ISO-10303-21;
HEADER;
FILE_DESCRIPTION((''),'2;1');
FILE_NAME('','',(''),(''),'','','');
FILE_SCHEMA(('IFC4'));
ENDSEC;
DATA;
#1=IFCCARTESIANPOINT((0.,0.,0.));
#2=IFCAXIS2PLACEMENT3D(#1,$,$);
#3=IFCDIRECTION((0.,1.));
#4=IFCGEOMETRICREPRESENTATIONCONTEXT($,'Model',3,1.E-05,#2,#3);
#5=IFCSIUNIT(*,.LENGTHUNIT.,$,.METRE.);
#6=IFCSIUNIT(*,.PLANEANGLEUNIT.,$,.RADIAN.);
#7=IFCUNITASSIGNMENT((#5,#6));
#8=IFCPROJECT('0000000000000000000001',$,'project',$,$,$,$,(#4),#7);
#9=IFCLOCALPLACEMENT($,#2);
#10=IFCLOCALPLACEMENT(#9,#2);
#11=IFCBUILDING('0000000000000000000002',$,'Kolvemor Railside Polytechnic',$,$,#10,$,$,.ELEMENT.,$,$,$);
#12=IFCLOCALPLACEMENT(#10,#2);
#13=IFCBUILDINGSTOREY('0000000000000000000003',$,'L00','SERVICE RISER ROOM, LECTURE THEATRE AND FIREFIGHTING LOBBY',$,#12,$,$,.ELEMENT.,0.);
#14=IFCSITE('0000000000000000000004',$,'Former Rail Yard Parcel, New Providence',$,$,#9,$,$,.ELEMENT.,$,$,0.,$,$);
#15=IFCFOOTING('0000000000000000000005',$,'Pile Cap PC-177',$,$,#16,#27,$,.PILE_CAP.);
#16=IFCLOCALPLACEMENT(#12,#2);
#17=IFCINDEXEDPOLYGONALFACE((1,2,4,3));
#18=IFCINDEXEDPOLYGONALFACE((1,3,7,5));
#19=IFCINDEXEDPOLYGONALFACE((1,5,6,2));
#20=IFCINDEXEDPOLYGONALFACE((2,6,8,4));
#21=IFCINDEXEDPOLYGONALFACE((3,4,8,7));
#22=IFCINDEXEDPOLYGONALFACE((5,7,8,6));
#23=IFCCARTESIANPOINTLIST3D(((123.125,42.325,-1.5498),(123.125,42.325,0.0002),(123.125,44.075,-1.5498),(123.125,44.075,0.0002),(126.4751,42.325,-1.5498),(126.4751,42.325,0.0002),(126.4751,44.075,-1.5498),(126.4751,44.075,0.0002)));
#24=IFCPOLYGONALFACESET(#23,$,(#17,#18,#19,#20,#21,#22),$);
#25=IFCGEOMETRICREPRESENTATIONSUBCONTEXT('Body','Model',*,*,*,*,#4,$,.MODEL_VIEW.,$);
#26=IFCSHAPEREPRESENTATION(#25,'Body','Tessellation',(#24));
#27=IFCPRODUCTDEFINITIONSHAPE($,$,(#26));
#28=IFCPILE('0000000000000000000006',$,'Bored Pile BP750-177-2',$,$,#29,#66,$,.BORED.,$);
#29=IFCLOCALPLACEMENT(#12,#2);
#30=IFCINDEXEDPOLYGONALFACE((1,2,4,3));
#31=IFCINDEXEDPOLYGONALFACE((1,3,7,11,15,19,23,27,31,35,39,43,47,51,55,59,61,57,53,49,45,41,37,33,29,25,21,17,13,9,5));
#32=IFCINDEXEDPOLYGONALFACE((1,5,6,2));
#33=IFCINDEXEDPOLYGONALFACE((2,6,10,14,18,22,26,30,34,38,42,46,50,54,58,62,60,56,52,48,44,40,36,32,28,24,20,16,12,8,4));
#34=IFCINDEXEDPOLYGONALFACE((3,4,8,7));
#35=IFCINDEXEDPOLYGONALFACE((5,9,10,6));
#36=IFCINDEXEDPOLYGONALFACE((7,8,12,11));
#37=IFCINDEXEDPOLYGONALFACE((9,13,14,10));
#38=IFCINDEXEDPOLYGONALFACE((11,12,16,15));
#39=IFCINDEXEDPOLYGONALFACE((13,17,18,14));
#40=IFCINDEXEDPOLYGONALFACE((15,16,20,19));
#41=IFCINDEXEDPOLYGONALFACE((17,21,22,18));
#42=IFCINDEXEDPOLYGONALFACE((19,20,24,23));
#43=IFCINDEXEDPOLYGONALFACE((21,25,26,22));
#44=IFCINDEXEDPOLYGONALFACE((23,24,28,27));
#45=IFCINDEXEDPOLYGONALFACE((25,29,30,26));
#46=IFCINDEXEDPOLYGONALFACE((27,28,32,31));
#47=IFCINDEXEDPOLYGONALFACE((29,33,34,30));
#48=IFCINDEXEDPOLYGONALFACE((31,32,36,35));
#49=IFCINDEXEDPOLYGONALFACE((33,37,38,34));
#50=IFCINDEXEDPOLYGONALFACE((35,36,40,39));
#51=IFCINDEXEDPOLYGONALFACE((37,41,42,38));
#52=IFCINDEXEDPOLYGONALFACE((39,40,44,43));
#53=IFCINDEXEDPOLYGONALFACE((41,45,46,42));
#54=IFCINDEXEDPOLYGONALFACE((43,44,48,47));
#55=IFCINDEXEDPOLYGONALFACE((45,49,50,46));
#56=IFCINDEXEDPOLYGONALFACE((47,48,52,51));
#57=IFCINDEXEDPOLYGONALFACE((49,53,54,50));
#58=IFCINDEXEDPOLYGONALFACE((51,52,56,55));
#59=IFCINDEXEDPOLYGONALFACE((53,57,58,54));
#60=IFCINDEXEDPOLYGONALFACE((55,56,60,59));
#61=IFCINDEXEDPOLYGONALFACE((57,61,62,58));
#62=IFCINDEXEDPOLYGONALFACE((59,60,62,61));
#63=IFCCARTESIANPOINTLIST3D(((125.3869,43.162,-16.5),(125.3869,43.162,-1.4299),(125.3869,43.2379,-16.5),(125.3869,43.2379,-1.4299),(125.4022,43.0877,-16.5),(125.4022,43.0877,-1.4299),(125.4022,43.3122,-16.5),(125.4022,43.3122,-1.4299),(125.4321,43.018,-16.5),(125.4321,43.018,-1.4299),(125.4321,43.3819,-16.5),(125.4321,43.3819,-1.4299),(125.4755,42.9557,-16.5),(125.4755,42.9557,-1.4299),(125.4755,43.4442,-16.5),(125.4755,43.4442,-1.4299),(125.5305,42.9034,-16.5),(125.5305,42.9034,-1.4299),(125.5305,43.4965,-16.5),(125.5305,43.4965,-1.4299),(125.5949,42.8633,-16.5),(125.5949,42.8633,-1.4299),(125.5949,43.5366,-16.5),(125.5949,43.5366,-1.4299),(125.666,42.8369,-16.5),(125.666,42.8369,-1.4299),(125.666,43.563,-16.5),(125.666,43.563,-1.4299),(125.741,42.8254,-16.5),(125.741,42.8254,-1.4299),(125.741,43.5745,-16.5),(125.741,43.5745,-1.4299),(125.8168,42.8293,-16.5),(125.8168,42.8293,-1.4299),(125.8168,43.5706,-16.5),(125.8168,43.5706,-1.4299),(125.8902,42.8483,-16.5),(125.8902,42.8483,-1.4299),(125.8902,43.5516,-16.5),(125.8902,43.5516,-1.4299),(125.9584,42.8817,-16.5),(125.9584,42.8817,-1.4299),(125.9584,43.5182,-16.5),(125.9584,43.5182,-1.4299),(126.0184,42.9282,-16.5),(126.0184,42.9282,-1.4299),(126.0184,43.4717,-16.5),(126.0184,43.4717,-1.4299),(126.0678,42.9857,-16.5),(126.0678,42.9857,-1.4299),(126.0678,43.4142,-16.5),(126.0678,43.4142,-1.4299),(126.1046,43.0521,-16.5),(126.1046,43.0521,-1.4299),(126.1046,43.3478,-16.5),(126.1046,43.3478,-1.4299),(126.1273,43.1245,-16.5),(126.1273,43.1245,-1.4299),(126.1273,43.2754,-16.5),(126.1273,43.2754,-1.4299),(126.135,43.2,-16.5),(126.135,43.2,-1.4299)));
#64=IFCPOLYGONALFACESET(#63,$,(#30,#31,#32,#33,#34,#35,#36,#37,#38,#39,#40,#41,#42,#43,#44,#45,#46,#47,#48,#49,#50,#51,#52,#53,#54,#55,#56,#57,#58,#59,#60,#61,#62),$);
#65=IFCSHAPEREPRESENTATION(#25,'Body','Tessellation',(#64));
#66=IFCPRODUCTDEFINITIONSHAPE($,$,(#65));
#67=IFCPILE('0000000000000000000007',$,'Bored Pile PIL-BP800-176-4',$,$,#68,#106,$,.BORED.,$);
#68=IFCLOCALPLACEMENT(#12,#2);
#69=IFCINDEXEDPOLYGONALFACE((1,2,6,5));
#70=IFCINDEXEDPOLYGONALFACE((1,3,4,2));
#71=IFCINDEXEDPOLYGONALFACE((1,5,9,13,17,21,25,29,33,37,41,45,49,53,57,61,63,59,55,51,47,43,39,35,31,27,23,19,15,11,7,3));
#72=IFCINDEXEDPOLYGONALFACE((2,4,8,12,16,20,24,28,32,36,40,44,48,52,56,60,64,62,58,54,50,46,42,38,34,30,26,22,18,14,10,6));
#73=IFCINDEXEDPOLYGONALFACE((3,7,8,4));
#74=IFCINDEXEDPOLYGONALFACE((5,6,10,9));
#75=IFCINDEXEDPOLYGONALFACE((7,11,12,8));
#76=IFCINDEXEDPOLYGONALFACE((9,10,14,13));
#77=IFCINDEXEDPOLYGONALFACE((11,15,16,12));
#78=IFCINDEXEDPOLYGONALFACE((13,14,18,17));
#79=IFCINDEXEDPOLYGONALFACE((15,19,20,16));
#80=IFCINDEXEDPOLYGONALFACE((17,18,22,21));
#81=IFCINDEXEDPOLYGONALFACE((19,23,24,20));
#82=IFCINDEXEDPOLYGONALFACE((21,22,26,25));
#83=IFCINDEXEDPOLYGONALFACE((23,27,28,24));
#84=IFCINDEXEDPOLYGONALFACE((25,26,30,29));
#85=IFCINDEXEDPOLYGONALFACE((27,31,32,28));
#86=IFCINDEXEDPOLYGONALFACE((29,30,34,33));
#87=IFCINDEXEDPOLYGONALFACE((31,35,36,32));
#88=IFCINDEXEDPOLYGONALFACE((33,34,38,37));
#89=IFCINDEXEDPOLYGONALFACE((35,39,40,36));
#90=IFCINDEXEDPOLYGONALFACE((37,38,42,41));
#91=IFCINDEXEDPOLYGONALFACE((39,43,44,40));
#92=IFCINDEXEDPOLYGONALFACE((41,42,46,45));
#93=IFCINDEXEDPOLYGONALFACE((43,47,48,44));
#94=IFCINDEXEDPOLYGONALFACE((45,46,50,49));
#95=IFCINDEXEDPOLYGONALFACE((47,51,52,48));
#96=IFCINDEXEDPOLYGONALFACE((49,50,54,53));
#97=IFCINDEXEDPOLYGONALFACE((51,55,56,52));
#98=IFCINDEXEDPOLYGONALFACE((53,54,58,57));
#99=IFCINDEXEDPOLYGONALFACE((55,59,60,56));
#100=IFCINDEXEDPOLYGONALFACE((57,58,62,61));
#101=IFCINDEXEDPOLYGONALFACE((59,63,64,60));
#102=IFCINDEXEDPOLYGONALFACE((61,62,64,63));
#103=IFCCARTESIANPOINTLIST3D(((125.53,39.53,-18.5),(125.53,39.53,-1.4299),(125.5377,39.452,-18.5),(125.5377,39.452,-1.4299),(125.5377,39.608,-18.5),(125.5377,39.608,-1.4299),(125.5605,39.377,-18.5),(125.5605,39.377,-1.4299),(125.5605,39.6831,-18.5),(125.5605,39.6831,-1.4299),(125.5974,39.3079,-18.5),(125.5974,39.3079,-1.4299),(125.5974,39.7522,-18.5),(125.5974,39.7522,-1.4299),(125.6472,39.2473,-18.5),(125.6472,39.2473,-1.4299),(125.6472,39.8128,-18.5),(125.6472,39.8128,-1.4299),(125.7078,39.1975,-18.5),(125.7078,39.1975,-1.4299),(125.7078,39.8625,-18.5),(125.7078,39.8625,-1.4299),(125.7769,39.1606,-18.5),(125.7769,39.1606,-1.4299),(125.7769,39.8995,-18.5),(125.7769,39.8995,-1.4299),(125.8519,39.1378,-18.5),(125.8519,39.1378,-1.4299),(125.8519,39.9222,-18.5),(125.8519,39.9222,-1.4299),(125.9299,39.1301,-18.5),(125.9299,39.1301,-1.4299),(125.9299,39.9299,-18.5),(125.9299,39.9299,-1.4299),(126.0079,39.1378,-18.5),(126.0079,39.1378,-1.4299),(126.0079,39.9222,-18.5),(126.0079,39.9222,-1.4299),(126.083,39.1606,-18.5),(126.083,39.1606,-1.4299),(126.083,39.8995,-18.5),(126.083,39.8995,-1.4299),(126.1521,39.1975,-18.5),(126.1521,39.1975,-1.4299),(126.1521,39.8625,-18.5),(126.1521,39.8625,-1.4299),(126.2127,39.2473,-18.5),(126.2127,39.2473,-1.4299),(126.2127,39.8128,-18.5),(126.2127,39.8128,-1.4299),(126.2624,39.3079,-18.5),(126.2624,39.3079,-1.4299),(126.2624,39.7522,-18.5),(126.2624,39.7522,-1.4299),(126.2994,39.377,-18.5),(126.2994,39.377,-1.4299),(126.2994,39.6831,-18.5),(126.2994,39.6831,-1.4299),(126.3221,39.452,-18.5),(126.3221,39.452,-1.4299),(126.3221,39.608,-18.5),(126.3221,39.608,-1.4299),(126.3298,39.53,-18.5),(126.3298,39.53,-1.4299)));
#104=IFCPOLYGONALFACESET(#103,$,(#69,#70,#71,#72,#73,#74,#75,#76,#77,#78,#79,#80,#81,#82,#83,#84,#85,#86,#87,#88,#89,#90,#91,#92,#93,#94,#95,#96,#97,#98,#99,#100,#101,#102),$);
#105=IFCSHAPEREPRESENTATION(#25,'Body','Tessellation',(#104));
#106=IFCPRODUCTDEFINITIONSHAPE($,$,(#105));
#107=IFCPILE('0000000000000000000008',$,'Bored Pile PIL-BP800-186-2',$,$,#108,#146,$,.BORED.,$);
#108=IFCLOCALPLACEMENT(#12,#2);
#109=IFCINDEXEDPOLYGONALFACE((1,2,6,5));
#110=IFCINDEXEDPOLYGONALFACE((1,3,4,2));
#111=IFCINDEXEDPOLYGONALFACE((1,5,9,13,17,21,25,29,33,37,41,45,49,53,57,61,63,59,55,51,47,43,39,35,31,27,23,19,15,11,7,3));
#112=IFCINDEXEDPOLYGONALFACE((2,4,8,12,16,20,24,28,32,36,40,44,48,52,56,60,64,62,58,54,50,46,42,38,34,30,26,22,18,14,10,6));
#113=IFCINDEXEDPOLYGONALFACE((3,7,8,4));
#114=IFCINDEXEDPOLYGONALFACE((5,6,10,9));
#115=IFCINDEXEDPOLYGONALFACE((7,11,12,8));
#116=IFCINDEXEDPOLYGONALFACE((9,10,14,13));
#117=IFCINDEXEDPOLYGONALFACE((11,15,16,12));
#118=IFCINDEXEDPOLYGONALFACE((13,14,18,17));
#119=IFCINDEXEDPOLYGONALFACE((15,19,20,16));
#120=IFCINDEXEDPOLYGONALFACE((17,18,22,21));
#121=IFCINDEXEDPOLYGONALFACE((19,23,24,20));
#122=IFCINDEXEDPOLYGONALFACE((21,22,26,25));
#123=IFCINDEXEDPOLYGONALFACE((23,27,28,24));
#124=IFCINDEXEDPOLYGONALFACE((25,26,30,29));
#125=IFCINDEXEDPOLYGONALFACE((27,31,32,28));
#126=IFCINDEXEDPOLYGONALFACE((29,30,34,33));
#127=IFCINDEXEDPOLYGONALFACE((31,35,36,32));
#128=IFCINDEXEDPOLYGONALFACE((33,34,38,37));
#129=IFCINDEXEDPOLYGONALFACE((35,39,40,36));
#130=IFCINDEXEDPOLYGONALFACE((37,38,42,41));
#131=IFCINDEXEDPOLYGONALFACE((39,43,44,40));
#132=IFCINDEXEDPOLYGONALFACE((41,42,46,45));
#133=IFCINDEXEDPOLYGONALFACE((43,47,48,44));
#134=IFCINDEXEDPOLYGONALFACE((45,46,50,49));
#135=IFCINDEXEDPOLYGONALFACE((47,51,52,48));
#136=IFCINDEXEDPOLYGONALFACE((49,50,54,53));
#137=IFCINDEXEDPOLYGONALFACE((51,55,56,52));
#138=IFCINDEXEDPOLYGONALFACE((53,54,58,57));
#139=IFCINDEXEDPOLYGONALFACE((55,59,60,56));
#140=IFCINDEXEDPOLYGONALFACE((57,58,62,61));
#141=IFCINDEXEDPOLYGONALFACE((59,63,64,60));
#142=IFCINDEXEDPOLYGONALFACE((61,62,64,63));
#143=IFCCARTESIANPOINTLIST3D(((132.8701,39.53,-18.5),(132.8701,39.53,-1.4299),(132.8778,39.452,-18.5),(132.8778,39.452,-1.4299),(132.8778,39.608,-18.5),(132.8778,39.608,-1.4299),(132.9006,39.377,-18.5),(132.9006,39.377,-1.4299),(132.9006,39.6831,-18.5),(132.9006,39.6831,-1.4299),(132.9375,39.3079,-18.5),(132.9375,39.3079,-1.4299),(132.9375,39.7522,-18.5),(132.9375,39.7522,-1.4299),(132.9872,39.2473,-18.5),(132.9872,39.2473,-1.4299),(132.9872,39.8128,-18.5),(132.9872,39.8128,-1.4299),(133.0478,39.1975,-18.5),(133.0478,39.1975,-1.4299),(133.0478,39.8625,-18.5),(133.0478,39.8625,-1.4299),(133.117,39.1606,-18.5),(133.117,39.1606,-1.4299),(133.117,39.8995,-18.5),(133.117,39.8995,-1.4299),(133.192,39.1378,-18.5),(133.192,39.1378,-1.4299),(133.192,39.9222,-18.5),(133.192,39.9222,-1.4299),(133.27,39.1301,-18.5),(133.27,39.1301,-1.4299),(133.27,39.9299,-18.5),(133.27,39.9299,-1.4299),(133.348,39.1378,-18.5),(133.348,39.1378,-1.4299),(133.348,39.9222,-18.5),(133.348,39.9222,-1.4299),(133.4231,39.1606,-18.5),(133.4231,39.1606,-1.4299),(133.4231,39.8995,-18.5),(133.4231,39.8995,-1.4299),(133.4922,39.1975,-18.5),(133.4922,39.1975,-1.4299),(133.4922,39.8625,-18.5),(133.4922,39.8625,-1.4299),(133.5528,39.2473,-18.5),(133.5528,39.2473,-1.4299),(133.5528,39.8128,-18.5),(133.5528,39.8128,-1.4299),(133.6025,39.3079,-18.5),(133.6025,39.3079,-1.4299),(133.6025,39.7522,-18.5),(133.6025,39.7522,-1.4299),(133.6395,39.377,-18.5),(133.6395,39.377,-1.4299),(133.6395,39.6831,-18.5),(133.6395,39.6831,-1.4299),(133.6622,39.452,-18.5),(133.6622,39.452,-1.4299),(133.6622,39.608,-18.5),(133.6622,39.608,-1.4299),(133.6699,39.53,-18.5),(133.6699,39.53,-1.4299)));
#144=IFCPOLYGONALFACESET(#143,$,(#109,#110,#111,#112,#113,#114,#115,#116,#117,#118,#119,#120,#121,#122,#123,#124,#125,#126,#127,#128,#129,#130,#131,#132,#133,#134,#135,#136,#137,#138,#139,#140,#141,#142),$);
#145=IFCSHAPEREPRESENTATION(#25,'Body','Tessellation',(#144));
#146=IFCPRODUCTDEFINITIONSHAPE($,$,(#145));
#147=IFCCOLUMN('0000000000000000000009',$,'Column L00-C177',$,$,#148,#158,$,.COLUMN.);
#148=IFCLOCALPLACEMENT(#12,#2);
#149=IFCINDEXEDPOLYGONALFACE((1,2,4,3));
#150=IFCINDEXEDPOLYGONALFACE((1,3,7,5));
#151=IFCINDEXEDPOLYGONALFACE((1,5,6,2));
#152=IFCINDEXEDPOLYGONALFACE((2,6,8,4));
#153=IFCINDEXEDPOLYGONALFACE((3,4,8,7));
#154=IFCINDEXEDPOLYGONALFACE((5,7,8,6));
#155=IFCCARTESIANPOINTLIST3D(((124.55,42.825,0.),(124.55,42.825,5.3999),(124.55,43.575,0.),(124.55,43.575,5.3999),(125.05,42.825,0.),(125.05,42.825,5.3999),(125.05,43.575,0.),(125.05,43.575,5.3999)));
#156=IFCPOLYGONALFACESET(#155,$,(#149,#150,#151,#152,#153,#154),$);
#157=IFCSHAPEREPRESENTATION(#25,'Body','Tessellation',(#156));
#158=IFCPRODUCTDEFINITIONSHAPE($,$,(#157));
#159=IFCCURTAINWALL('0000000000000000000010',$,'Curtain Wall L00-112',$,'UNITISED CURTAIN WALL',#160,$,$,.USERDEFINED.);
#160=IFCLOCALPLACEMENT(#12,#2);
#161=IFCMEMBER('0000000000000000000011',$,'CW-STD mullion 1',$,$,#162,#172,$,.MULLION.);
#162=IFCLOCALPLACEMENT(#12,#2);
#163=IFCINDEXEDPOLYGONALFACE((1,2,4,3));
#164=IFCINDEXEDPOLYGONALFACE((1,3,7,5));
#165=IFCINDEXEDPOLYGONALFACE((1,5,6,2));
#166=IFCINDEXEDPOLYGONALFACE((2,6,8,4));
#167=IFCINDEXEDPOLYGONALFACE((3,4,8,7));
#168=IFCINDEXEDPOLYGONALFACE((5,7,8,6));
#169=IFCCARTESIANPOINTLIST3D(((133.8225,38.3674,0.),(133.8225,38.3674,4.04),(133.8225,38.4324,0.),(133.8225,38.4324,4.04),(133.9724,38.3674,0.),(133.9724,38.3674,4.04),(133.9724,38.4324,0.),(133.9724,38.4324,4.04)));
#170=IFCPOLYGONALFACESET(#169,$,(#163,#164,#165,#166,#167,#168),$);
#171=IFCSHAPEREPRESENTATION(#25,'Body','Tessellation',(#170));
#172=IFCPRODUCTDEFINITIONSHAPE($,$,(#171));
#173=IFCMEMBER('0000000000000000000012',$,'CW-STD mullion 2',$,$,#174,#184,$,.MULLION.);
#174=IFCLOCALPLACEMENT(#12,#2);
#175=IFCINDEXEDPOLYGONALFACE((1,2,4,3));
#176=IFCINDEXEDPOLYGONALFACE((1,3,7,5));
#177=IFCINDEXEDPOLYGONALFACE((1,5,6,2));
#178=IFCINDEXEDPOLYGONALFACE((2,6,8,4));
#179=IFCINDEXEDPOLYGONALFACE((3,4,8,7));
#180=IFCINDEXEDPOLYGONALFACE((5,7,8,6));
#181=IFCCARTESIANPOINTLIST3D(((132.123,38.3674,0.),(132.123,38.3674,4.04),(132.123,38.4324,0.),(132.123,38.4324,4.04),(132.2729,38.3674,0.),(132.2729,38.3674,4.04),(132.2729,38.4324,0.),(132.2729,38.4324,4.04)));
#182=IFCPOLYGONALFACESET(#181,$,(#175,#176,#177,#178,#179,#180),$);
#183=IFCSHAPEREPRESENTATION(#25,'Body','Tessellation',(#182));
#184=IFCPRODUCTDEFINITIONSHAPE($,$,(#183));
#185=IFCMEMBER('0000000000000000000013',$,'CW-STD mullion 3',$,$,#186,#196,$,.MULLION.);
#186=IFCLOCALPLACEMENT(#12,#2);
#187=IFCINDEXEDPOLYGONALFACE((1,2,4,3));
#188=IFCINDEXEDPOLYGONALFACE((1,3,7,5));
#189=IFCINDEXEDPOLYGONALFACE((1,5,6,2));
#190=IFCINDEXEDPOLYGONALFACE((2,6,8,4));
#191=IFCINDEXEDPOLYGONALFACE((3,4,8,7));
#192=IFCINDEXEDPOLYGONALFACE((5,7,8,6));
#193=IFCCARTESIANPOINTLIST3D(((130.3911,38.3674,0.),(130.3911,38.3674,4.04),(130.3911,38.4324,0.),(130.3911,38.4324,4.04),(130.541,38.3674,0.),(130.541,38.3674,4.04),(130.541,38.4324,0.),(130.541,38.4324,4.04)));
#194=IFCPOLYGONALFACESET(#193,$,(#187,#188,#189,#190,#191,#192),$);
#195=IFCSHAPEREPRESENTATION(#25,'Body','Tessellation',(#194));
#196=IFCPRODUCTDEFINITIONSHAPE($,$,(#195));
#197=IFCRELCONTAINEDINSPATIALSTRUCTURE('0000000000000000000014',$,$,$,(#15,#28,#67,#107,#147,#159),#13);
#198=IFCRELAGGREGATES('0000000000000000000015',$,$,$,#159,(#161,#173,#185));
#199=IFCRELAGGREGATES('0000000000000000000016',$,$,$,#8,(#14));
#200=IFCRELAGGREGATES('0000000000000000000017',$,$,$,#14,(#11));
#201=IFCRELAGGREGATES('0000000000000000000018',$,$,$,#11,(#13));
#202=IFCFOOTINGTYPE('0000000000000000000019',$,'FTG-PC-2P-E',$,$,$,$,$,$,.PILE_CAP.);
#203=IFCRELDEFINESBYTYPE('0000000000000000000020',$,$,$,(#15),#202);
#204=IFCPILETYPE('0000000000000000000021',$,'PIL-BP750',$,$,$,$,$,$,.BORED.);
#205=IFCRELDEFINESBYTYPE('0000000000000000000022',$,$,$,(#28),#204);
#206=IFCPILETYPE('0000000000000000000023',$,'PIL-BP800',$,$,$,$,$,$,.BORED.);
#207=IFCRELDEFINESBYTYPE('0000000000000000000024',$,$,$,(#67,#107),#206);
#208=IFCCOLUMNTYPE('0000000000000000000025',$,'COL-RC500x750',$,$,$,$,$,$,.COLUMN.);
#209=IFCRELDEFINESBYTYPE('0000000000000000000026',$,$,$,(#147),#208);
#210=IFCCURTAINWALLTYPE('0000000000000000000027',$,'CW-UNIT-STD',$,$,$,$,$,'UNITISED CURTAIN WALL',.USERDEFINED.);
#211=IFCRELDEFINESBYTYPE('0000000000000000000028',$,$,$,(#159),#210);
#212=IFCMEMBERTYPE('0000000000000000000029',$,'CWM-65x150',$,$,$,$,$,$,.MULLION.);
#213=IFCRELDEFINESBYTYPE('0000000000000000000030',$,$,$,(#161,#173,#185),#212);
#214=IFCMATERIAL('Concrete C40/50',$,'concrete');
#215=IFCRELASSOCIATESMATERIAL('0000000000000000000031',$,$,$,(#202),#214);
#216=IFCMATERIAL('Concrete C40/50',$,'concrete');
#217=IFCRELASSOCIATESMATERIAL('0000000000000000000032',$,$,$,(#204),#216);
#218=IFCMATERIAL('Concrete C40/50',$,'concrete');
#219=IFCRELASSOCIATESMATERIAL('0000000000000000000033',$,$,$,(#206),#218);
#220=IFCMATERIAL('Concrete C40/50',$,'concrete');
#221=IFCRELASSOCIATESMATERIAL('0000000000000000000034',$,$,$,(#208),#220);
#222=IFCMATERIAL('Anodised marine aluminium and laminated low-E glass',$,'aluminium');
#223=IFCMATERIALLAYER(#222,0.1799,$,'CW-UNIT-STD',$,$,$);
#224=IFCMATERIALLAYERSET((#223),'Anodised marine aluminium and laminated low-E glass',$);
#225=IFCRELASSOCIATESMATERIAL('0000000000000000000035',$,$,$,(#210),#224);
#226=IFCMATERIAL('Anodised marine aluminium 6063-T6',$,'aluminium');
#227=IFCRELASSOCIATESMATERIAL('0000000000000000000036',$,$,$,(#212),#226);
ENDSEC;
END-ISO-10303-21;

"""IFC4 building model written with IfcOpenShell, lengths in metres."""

from ifc_helpers import new_model, si_unit, direction, frame, origin, origin_2d, place, context, subcontext, project, spatial, rectangle, circle, extrude, material, layer, layer_set, material_profile, profile_set, type_object, element, aggregate, save


model = new_model("IFC4")

# Units and contexts
model_context = context("Model", 3, precision=1e-05, world=origin(), true_north=direction((0.0, 1.0)))
body_context = subcontext(model_context, "Body", "Model", "MODEL_VIEW")
ifc_project = project(units=[si_unit("LENGTHUNIT", "METRE"), si_unit("PLANEANGLEUNIT", "RADIAN")], contexts=[model_context])

# Site, building, storey
site_placement = place(None, origin())
site = spatial("IfcSite", under=ifc_project, at=site_placement, Name="Former Rail Yard Parcel, New Providence", CompositionType="ELEMENT", RefElevation=0.0)
building_placement = place(site_placement, origin())
building = spatial("IfcBuilding", under=site, at=building_placement, Name="Kolvemor Railside Polytechnic", CompositionType="ELEMENT")
storey_placement = place(building_placement, origin())
storey = spatial("IfcBuildingStorey", under=building, at=storey_placement, Name="L00", Description="SERVICE RISER ROOM, LECTURE THEATRE AND FIREFIGHTING LOBBY", CompositionType="ELEMENT", Elevation=0.0)

# Footing
ifc_material_1 = material(Name="Concrete C40/50", Category="concrete")
footing_type = type_object("IfcFootingType", Name="FTG-PC-2P-E", PredefinedType="PILE_CAP", material=ifc_material_1)
footing_placement = place(storey_placement, frame((124.8, 43.2, -1.5498), z_axis=(0.0, 0.0, 1.0), x_axis=(1.0, 0.0, 0.0)))
element("IfcFooting", 1, at=footing_placement, inside=storey, type_object=footing_type, Name="Pile Cap PC-177", PredefinedType="PILE_CAP", context=body_context, shape_type="SweptSolid", body=[
    extrude(rectangle(XDim=3.3501, YDim=1.75, at=origin_2d()), origin(), (0.0, 0.0, 1.0), 1.55),
])

# Piles
ifc_material_2 = material(Name="Concrete C40/50", Category="concrete")
ifc_material_profile_1 = material_profile(ifc_material_2, circle(Radius=0.375, at=origin_2d()), Name="BP750")
ifc_profile_set_1 = profile_set([ifc_material_profile_1], Name="Concrete C40/50")
pile_type_1 = type_object("IfcPileType", Name="PIL-BP750", PredefinedType="BORED", material=ifc_profile_set_1)
pile_placement = place(storey_placement, frame((125.76, 43.2, -1.4299), z_axis=(0.0, 0.0, -1.0), x_axis=(1.0, 0.0, 0.0)))
element("IfcPile", 2, at=pile_placement, inside=storey, type_object=pile_type_1, Name="Bored Pile BP750-177-2", PredefinedType="BORED", context=body_context, shape_type="SweptSolid", body=[
    extrude(circle(Radius=0.375, at=origin_2d()), origin(), (0.0, 0.0, 1.0), 15.0701),
])
ifc_material_3 = material(Name="Concrete C40/50", Category="concrete")
ifc_material_profile_2 = material_profile(ifc_material_3, circle(Radius=0.3999, at=origin_2d()), Name="BP800")
ifc_profile_set_2 = profile_set([ifc_material_profile_2], Name="Concrete C40/50")
pile_type_2 = type_object("IfcPileType", Name="PIL-BP800", PredefinedType="BORED", material=ifc_profile_set_2)
for number, where, z_axis, x_axis, name in (
    (3, (125.9299, 39.53, -1.4299), (0.0, 0.0, -1.0), (1.0, 0.0, 0.0), "Bored Pile PIL-BP800-176-4"),
    (4, (133.27, 39.53, -1.4299), (0.0, 0.0, -1.0), (1.0, 0.0, 0.0), "Bored Pile PIL-BP800-186-2"),
):
    element("IfcPile", number, at=place(storey_placement, frame(where, z_axis=z_axis, x_axis=x_axis)), inside=storey, type_object=pile_type_2, Name=name, PredefinedType="BORED", context=body_context, shape_type="SweptSolid", body=[
        extrude(circle(Radius=0.3999, at=origin_2d()), origin(), (0.0, 0.0, 1.0), 17.0701),
    ])

# Column
ifc_material_4 = material(Name="Concrete C40/50", Category="concrete")
ifc_material_profile_3 = material_profile(ifc_material_4, rectangle(XDim=0.5, YDim=0.75, at=origin_2d()), Name="RC500x750")
ifc_profile_set_3 = profile_set([ifc_material_profile_3], Name="Concrete C40/50")
column_type = type_object("IfcColumnType", Name="COL-RC500x750", PredefinedType="COLUMN", material=ifc_profile_set_3)
column_placement = place(storey_placement, frame((124.8, 43.2, 0.0), z_axis=(0.0, 0.0, 1.0), x_axis=(1.0, 0.0, 0.0)))
element("IfcColumn", 5, at=column_placement, inside=storey, type_object=column_type, Name="Column L00-C177", PredefinedType="COLUMN", context=body_context, shape_type="SweptSolid", body=[
    extrude(rectangle(XDim=0.5, YDim=0.75, at=origin_2d()), origin(), (0.0, 0.0, 1.0), 5.3999),
])

# Curtain wall, members
ifc_material_5 = material(Name="Anodised marine aluminium and laminated low-E glass", Category="aluminium")
ifc_layer_1 = layer(ifc_material_5, 0.1799, Name="CW-UNIT-STD")
ifc_layer_set_1 = layer_set([ifc_layer_1], Name="Anodised marine aluminium and laminated low-E glass")
curtain_wall_type = type_object("IfcCurtainWallType", Name="CW-UNIT-STD", ElementType="UNITISED CURTAIN WALL", PredefinedType="USERDEFINED", material=ifc_layer_set_1)
curtain_wall_placement = place(storey_placement, origin())
curtain_wall = element("IfcCurtainWall", 6, at=curtain_wall_placement, inside=storey, type_object=curtain_wall_type, Name="Curtain Wall L00-112", ObjectType="UNITISED CURTAIN WALL", PredefinedType="USERDEFINED")
ifc_material_6 = material(Name="Anodised marine aluminium 6063-T6", Category="aluminium")
ifc_material_profile_4 = material_profile(ifc_material_6, rectangle(XDim=0.0649, YDim=0.1499, at=origin_2d()), Name="CW-MUL-65x150")
ifc_profile_set_4 = profile_set([ifc_material_profile_4], Name="Anodised marine aluminium 6063-T6")
member_type_1 = type_object("IfcMemberType", Name="CWM-65x150", PredefinedType="MULLION", material=ifc_profile_set_4)
member_1_placement = place(storey_placement, frame((133.8975, 38.3999, 0.0), z_axis=(0.0, 0.0, 1.0), x_axis=(0.0, -1.0, 0.0)))
member_1 = element("IfcMember", 7, at=member_1_placement, type_object=member_type_1, Name="CW-STD mullion 1", PredefinedType="MULLION", context=body_context, shape_type="SweptSolid", body=[
    extrude(rectangle(XDim=0.0649, YDim=0.1499, at=origin_2d()), origin(), (0.0, 0.0, 1.0), 4.04),
])
member_2_placement = place(storey_placement, frame((132.198, 38.3999, 0.0), z_axis=(0.0, 0.0, 1.0), x_axis=(0.0, -1.0, 0.0)))
member_2 = element("IfcMember", 8, at=member_2_placement, type_object=member_type_1, Name="CW-STD mullion 2", PredefinedType="MULLION", context=body_context, shape_type="SweptSolid", body=[
    extrude(rectangle(XDim=0.0649, YDim=0.1499, at=origin_2d()), origin(), (0.0, 0.0, 1.0), 4.04),
])
member_3_placement = place(storey_placement, frame((130.4661, 38.3999, 0.0), z_axis=(0.0, 0.0, 1.0), x_axis=(0.0, -1.0, 0.0)))
member_3 = element("IfcMember", 9, at=member_3_placement, type_object=member_type_1, Name="CW-STD mullion 3", PredefinedType="MULLION", context=body_context, shape_type="SweptSolid", body=[
    extrude(rectangle(XDim=0.0649, YDim=0.1499, at=origin_2d()), origin(), (0.0, 0.0, 1.0), 4.04),
])
aggregate(curtain_wall, [member_1, member_2, member_3])

save(model, "model.ifc")
